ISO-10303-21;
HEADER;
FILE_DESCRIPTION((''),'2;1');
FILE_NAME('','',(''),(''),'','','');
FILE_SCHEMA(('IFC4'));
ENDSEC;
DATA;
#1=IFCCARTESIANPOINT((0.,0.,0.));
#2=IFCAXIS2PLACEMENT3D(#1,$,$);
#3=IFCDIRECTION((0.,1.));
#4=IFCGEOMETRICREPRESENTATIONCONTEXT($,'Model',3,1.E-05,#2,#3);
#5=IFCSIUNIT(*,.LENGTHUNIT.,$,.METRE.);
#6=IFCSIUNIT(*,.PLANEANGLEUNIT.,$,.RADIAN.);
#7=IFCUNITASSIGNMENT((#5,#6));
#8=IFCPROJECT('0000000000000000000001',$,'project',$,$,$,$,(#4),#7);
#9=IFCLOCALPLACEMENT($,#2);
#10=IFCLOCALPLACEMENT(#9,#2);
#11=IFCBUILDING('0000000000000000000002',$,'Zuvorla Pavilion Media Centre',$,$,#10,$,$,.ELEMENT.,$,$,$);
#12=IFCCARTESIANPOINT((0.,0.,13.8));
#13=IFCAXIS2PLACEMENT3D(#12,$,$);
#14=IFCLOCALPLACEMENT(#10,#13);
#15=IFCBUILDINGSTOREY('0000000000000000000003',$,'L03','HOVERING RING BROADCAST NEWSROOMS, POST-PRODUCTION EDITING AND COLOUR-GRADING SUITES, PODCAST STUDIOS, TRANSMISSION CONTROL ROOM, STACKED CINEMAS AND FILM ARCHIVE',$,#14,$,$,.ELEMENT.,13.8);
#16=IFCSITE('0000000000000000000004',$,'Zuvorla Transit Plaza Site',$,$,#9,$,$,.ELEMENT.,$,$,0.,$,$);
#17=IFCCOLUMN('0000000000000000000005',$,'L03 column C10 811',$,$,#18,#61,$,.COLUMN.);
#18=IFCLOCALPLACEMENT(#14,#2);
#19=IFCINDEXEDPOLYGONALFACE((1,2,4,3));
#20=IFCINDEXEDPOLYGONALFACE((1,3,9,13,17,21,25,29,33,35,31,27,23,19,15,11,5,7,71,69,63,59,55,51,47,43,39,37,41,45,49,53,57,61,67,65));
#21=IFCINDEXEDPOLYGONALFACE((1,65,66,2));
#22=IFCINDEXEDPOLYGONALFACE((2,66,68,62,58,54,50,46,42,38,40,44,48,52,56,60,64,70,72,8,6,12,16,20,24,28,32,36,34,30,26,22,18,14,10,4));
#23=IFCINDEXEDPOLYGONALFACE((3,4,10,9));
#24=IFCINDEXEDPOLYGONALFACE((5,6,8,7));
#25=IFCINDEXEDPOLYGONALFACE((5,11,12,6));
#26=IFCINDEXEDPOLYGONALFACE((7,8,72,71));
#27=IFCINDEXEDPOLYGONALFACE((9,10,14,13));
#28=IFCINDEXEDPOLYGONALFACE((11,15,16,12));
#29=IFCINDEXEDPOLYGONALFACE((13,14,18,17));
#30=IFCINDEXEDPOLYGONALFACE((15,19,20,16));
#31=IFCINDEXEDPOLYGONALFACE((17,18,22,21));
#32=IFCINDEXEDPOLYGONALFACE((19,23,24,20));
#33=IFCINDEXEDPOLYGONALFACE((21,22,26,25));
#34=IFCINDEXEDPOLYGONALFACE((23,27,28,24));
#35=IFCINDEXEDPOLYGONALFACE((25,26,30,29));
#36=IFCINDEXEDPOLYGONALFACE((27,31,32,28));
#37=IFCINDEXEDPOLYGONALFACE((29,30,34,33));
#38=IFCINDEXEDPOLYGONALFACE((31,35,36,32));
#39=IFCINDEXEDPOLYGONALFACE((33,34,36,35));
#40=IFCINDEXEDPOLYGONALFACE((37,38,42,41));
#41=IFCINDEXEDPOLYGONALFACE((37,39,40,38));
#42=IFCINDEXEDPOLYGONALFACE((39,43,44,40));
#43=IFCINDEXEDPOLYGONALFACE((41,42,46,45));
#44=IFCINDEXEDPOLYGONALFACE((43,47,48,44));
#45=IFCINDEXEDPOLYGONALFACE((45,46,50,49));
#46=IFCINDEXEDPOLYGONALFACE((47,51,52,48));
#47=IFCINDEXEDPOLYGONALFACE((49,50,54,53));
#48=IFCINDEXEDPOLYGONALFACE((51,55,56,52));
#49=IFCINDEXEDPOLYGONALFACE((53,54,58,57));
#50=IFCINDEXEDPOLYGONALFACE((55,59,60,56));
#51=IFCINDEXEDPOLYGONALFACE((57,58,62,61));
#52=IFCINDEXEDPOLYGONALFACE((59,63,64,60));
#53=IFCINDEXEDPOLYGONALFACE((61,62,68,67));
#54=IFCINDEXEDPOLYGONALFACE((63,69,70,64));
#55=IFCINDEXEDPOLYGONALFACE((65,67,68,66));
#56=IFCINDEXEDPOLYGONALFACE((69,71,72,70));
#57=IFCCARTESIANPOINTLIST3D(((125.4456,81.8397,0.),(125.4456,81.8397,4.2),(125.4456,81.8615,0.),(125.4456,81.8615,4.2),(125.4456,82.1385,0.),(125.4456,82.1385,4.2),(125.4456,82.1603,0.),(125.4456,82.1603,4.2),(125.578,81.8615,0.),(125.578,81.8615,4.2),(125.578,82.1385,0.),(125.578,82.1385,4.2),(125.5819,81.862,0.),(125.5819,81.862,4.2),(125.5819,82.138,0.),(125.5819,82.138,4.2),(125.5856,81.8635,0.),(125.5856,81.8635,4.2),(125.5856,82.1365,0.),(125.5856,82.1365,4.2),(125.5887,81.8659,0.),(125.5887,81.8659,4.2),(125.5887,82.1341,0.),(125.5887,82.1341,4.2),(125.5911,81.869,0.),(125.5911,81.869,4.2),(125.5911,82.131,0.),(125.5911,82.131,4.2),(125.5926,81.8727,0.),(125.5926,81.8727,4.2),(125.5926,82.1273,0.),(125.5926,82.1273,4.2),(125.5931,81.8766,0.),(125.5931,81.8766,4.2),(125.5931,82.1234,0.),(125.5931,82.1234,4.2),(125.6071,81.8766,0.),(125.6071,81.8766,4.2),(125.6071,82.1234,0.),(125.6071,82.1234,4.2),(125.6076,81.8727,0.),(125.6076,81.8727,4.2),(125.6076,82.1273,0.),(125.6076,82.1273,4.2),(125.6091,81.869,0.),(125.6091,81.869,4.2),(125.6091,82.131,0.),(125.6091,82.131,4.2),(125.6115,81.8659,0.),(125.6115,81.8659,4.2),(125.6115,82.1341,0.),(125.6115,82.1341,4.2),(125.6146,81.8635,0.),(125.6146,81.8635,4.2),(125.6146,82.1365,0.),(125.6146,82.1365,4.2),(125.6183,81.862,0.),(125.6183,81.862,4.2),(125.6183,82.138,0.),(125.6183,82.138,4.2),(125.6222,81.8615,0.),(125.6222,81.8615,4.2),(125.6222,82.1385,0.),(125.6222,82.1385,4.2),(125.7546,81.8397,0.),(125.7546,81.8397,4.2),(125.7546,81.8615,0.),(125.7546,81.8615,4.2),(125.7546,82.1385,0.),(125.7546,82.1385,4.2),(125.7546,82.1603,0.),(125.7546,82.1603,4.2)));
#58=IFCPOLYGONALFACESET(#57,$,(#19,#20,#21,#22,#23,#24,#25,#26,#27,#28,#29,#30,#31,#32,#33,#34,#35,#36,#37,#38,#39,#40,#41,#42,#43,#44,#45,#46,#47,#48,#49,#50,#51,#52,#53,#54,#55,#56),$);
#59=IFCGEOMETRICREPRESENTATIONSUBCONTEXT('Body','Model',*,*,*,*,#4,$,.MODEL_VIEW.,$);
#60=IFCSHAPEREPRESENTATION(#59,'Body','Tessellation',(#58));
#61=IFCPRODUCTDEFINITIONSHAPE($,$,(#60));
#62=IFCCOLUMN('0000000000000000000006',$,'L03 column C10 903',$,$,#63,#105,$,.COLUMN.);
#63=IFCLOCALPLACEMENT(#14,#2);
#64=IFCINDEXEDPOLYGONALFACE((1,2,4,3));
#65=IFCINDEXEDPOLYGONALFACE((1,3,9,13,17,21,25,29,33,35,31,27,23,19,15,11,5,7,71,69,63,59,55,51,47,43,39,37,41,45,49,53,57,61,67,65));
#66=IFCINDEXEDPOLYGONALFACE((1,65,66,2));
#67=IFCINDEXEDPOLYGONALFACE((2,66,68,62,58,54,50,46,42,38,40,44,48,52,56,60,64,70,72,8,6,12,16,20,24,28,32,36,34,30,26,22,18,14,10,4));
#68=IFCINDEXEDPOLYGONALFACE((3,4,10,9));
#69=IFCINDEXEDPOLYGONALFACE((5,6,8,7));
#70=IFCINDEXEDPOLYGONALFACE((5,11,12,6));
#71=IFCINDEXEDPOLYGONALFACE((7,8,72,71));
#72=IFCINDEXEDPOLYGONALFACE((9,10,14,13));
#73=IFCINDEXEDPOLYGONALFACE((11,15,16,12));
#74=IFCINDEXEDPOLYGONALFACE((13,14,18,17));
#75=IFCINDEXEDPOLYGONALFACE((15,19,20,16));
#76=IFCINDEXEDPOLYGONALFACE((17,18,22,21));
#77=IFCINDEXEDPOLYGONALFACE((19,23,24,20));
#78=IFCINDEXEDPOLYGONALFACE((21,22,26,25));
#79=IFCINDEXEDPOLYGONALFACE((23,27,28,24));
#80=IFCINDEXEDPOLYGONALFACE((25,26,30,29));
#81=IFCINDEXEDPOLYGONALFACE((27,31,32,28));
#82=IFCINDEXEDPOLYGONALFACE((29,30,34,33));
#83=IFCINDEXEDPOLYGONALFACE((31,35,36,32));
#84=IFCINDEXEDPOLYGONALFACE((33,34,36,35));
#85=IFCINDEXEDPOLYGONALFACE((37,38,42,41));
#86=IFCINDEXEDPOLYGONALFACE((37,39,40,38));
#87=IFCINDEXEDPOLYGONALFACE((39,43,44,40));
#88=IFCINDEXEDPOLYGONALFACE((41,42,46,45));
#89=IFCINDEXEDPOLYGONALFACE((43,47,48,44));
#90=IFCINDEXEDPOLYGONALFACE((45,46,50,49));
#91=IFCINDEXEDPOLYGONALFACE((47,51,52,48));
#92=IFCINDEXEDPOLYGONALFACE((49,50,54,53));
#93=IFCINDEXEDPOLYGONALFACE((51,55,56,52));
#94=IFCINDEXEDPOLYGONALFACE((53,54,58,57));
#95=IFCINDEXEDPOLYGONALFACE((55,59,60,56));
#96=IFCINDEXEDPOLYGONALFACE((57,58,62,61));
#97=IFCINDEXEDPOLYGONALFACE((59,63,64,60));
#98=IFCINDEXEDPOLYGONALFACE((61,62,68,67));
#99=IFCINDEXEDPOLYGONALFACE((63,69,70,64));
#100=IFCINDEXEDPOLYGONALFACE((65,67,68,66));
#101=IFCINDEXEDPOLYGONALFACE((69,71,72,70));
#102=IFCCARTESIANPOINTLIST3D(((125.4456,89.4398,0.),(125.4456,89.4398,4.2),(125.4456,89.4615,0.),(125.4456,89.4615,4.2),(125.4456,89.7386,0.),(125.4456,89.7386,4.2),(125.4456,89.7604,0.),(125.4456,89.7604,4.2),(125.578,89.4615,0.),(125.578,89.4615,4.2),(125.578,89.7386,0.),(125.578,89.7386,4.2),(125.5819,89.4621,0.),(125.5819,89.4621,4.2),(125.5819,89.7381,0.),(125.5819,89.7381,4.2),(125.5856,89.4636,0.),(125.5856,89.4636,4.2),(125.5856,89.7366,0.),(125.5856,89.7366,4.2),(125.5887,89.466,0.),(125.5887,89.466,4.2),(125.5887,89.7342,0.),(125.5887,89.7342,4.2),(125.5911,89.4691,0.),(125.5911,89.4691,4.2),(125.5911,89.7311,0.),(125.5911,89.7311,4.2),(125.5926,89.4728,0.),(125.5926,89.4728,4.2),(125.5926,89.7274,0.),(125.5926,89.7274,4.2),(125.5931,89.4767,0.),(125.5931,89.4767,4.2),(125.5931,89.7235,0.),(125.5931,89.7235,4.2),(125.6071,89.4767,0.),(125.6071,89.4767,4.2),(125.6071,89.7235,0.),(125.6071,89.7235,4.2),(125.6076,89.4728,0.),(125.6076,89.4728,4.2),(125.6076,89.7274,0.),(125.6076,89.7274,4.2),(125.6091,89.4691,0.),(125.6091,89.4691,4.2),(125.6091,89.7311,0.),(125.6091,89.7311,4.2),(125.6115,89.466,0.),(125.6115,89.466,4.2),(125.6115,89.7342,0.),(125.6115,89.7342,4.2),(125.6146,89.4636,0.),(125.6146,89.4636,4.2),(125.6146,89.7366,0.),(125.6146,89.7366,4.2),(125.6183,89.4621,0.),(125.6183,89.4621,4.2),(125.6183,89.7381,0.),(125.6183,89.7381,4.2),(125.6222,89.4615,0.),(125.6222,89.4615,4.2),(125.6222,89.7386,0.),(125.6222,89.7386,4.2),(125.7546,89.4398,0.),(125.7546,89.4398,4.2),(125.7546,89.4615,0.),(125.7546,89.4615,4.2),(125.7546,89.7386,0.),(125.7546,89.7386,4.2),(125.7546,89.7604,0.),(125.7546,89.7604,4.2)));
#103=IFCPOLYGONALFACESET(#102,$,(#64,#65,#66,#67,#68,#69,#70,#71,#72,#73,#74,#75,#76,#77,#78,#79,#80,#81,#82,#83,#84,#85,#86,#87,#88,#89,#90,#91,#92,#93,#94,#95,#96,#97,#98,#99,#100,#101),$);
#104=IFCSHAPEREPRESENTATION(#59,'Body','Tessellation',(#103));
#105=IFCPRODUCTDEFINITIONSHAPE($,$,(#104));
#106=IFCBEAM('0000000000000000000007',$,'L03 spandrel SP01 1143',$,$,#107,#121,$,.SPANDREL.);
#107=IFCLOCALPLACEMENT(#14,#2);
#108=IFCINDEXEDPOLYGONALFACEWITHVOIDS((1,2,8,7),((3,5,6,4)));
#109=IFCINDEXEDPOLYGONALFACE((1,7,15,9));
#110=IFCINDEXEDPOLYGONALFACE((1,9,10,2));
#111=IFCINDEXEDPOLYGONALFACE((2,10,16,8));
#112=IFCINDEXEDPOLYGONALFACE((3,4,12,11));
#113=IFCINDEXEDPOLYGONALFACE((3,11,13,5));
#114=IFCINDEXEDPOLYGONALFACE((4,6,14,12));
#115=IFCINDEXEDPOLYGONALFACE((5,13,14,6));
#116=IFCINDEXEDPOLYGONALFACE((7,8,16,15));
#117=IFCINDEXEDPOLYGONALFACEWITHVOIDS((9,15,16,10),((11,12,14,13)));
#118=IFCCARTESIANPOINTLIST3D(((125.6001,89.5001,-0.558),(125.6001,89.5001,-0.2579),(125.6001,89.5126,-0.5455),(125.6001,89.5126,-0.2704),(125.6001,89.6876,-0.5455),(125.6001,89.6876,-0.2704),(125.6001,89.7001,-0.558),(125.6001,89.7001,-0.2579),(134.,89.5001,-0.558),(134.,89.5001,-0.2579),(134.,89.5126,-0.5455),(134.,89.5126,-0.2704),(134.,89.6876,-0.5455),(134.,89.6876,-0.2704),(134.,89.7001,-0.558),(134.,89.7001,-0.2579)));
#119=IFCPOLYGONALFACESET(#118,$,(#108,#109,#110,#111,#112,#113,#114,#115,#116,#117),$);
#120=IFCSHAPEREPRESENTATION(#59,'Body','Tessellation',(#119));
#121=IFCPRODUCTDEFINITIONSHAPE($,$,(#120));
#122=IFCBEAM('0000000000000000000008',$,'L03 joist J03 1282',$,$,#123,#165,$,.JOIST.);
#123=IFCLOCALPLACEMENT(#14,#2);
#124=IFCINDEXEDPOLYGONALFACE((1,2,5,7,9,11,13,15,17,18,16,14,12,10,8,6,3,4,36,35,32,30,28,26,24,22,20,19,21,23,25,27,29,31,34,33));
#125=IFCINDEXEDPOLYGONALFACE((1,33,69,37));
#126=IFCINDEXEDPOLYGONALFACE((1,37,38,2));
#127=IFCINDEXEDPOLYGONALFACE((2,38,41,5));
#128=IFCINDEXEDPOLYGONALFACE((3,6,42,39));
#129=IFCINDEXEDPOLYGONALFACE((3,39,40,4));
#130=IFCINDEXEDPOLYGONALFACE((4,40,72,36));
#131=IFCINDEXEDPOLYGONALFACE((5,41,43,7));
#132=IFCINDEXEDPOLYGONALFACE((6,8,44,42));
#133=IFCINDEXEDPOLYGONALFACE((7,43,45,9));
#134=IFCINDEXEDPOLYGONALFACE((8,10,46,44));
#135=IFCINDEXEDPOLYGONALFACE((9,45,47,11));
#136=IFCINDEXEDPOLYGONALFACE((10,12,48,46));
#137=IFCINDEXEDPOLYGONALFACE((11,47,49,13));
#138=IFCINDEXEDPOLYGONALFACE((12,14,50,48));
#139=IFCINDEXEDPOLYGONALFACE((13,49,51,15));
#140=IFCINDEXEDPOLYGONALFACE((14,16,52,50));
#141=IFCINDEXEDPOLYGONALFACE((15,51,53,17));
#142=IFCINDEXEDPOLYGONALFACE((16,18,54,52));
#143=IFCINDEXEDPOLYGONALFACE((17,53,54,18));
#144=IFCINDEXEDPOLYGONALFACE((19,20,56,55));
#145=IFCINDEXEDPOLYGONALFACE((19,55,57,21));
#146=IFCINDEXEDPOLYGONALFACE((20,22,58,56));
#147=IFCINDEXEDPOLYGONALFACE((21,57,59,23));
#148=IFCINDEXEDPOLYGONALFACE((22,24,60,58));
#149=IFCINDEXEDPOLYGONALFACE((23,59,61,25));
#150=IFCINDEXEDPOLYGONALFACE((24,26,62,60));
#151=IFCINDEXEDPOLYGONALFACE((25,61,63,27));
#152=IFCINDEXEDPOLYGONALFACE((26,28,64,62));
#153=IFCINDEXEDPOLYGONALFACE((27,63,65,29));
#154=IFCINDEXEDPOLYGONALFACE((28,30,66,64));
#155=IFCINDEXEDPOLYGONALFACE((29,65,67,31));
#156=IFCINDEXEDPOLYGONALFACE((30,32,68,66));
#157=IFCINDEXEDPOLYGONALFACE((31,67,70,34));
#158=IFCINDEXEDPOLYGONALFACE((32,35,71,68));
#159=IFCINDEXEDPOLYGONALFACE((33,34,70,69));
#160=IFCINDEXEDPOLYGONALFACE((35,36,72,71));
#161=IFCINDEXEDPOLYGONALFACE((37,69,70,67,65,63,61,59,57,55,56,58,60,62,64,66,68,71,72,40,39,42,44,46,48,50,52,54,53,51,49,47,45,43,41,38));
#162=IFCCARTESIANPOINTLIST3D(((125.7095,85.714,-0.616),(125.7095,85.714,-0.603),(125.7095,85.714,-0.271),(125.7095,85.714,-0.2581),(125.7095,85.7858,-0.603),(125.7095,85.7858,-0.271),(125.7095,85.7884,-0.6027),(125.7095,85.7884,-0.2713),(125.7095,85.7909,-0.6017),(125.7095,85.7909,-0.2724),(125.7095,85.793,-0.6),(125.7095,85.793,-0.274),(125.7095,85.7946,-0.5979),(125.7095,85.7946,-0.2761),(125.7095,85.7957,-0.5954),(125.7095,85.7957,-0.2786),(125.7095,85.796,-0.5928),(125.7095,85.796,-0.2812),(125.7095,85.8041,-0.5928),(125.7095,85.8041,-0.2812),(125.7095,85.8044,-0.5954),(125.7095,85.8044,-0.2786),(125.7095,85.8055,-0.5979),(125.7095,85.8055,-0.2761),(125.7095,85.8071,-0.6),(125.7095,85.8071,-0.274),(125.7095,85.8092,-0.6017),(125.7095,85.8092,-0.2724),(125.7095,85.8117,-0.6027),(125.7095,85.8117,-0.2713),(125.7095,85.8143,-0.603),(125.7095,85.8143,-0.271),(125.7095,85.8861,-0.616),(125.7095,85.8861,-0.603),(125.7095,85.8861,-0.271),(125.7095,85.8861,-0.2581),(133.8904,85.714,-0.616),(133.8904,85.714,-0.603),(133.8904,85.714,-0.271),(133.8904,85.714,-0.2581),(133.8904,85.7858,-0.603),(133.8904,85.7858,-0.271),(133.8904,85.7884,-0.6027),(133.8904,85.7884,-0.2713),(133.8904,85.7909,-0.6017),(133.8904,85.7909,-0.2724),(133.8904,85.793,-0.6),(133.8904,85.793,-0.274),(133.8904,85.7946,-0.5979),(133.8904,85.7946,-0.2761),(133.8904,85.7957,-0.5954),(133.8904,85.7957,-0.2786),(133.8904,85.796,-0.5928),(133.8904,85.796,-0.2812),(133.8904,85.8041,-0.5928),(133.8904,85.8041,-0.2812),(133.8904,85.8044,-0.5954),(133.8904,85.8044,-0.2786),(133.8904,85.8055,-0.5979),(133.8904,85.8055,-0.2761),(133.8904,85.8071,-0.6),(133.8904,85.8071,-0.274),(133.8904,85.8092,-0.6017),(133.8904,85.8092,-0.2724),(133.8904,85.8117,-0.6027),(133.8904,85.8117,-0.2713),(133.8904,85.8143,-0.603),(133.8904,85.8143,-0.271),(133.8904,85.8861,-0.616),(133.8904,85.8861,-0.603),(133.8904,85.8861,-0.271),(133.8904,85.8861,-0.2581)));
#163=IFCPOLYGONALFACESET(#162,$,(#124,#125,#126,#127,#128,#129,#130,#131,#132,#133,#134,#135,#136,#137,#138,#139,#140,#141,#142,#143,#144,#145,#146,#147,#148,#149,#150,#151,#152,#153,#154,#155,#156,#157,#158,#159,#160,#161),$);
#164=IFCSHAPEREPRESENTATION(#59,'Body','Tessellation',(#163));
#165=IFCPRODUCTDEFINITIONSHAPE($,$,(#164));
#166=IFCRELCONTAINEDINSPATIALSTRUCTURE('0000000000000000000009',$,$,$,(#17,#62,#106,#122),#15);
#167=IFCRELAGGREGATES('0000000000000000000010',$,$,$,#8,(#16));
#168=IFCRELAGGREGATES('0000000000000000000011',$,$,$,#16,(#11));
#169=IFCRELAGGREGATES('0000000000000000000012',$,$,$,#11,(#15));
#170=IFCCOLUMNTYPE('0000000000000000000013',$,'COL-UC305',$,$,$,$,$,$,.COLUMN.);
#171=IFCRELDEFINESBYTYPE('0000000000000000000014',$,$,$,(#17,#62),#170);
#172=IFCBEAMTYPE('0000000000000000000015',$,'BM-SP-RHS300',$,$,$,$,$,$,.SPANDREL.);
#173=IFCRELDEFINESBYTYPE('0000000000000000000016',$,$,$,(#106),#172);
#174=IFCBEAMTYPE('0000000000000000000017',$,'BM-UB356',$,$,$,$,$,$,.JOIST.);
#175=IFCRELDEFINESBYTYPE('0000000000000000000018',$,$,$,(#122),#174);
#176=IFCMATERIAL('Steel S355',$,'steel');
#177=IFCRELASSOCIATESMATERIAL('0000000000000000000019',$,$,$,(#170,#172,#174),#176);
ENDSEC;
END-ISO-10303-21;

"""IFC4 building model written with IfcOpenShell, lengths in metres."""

from ifc_helpers import new_model, si_unit, direction, frame, origin, origin_2d, place, context, subcontext, project, spatial, hollow_rectangle, i_section, extrude, material, material_profile, profile_set, type_object, element, save


model = new_model("IFC4")

# Units and contexts
model_context = context("Model", 3, precision=1e-05, world=origin(), true_north=direction((0.0, 1.0)))
body_context = subcontext(model_context, "Body", "Model", "MODEL_VIEW")
ifc_project = project(units=[si_unit("LENGTHUNIT", "METRE"), si_unit("PLANEANGLEUNIT", "RADIAN")], contexts=[model_context])

# Site, building, storey
site_placement = place(None, origin())
site = spatial("IfcSite", under=ifc_project, at=site_placement, Name="Zuvorla Transit Plaza Site", CompositionType="ELEMENT", RefElevation=0.0)
building_placement = place(site_placement, origin())
building = spatial("IfcBuilding", under=site, at=building_placement, Name="Zuvorla Pavilion Media Centre", CompositionType="ELEMENT")
storey_placement = place(building_placement, frame((0.0, 0.0, 13.8)))
storey = spatial("IfcBuildingStorey", under=building, at=storey_placement, Name="L03", Description="HOVERING RING BROADCAST NEWSROOMS, POST-PRODUCTION EDITING AND COLOUR-GRADING SUITES, PODCAST STUDIOS, TRANSMISSION CONTROL ROOM, STACKED CINEMAS AND FILM ARCHIVE", CompositionType="ELEMENT", Elevation=13.8)

# Columns
ifc_material_1 = material(Name="Steel S355", Category="steel")
ifc_material_profile_1 = material_profile(ifc_material_1, i_section(OverallWidth=0.3091, OverallDepth=0.3206, WebThickness=0.0139, FlangeThickness=0.0217, FilletRadius=0.0151, at=origin_2d()), Name="UC 305x305x137")
ifc_profile_set_1 = profile_set([ifc_material_profile_1], Name="Steel S355")
column_type = type_object("IfcColumnType", Name="COL-UC305", PredefinedType="COLUMN", material=ifc_profile_set_1)
for number, where, z_axis, x_axis, name in (
    (1, (125.6001, 82.0, 0.0), (0.0, 0.0, 1.0), (1.0, 0.0, 0.0), "L03 column C10 811"),
    (2, (125.6001, 89.6001, 0.0), (0.0, 0.0, 1.0), (1.0, 0.0, 0.0), "L03 column C10 903"),
):
    element("IfcColumn", number, at=place(storey_placement, frame(where, z_axis=z_axis, x_axis=x_axis)), inside=storey, type_object=column_type, Name=name, PredefinedType="COLUMN", context=body_context, shape_type="SweptSolid", body=[
        extrude(i_section(OverallWidth=0.3091, OverallDepth=0.3206, WebThickness=0.0139, FlangeThickness=0.0217, FilletRadius=0.0151, at=origin_2d()), origin(), (0.0, 0.0, 1.0), 4.2),
    ])

# Beams
ifc_material_profile_2 = material_profile(ifc_material_1, hollow_rectangle(XDim=0.2, YDim=0.3, WallThickness=0.0125, at=origin_2d()), Name="RHS 300x200x12.5")
ifc_profile_set_2 = profile_set([ifc_material_profile_2], Name="Steel S355")
beam_type_1 = type_object("IfcBeamType", Name="BM-SP-RHS300", PredefinedType="SPANDREL", material=ifc_profile_set_2)
beam_1_placement = place(storey_placement, frame((125.6001, 89.6001, -0.408), z_axis=(1.0, 0.0, 0.0), x_axis=(0.0, 1.0, 0.0)))
element("IfcBeam", 3, at=beam_1_placement, inside=storey, type_object=beam_type_1, Name="L03 spandrel SP01 1143", PredefinedType="SPANDREL", context=body_context, shape_type="SweptSolid", body=[
    extrude(hollow_rectangle(XDim=0.2, YDim=0.3, WallThickness=0.0125, at=origin_2d()), origin(), (0.0, 0.0, 1.0), 8.3999),
])
ifc_material_profile_3 = material_profile(ifc_material_1, i_section(OverallWidth=0.1721, OverallDepth=0.3579, WebThickness=0.0081, FlangeThickness=0.0129, FilletRadius=0.0103, at=origin_2d()), Name="UB 356x171x57")
ifc_profile_set_3 = profile_set([ifc_material_profile_3], Name="Steel S355")
beam_type_2 = type_object("IfcBeamType", Name="BM-UB356", PredefinedType="JOIST", material=ifc_profile_set_3)
beam_2_placement = place(storey_placement, frame((125.7095, 85.8, -0.437), z_axis=(1.0, 0.0, 0.0), x_axis=(0.0, 1.0, 0.0)))
element("IfcBeam", 4, at=beam_2_placement, inside=storey, type_object=beam_type_2, Name="L03 joist J03 1282", PredefinedType="JOIST", context=body_context, shape_type="SweptSolid", body=[
    extrude(i_section(OverallWidth=0.1721, OverallDepth=0.3579, WebThickness=0.0081, FlangeThickness=0.0129, FilletRadius=0.0103, at=origin_2d()), origin(), (0.0, 0.0, 1.0), 8.1809),
])

save(model, "model.ifc")
